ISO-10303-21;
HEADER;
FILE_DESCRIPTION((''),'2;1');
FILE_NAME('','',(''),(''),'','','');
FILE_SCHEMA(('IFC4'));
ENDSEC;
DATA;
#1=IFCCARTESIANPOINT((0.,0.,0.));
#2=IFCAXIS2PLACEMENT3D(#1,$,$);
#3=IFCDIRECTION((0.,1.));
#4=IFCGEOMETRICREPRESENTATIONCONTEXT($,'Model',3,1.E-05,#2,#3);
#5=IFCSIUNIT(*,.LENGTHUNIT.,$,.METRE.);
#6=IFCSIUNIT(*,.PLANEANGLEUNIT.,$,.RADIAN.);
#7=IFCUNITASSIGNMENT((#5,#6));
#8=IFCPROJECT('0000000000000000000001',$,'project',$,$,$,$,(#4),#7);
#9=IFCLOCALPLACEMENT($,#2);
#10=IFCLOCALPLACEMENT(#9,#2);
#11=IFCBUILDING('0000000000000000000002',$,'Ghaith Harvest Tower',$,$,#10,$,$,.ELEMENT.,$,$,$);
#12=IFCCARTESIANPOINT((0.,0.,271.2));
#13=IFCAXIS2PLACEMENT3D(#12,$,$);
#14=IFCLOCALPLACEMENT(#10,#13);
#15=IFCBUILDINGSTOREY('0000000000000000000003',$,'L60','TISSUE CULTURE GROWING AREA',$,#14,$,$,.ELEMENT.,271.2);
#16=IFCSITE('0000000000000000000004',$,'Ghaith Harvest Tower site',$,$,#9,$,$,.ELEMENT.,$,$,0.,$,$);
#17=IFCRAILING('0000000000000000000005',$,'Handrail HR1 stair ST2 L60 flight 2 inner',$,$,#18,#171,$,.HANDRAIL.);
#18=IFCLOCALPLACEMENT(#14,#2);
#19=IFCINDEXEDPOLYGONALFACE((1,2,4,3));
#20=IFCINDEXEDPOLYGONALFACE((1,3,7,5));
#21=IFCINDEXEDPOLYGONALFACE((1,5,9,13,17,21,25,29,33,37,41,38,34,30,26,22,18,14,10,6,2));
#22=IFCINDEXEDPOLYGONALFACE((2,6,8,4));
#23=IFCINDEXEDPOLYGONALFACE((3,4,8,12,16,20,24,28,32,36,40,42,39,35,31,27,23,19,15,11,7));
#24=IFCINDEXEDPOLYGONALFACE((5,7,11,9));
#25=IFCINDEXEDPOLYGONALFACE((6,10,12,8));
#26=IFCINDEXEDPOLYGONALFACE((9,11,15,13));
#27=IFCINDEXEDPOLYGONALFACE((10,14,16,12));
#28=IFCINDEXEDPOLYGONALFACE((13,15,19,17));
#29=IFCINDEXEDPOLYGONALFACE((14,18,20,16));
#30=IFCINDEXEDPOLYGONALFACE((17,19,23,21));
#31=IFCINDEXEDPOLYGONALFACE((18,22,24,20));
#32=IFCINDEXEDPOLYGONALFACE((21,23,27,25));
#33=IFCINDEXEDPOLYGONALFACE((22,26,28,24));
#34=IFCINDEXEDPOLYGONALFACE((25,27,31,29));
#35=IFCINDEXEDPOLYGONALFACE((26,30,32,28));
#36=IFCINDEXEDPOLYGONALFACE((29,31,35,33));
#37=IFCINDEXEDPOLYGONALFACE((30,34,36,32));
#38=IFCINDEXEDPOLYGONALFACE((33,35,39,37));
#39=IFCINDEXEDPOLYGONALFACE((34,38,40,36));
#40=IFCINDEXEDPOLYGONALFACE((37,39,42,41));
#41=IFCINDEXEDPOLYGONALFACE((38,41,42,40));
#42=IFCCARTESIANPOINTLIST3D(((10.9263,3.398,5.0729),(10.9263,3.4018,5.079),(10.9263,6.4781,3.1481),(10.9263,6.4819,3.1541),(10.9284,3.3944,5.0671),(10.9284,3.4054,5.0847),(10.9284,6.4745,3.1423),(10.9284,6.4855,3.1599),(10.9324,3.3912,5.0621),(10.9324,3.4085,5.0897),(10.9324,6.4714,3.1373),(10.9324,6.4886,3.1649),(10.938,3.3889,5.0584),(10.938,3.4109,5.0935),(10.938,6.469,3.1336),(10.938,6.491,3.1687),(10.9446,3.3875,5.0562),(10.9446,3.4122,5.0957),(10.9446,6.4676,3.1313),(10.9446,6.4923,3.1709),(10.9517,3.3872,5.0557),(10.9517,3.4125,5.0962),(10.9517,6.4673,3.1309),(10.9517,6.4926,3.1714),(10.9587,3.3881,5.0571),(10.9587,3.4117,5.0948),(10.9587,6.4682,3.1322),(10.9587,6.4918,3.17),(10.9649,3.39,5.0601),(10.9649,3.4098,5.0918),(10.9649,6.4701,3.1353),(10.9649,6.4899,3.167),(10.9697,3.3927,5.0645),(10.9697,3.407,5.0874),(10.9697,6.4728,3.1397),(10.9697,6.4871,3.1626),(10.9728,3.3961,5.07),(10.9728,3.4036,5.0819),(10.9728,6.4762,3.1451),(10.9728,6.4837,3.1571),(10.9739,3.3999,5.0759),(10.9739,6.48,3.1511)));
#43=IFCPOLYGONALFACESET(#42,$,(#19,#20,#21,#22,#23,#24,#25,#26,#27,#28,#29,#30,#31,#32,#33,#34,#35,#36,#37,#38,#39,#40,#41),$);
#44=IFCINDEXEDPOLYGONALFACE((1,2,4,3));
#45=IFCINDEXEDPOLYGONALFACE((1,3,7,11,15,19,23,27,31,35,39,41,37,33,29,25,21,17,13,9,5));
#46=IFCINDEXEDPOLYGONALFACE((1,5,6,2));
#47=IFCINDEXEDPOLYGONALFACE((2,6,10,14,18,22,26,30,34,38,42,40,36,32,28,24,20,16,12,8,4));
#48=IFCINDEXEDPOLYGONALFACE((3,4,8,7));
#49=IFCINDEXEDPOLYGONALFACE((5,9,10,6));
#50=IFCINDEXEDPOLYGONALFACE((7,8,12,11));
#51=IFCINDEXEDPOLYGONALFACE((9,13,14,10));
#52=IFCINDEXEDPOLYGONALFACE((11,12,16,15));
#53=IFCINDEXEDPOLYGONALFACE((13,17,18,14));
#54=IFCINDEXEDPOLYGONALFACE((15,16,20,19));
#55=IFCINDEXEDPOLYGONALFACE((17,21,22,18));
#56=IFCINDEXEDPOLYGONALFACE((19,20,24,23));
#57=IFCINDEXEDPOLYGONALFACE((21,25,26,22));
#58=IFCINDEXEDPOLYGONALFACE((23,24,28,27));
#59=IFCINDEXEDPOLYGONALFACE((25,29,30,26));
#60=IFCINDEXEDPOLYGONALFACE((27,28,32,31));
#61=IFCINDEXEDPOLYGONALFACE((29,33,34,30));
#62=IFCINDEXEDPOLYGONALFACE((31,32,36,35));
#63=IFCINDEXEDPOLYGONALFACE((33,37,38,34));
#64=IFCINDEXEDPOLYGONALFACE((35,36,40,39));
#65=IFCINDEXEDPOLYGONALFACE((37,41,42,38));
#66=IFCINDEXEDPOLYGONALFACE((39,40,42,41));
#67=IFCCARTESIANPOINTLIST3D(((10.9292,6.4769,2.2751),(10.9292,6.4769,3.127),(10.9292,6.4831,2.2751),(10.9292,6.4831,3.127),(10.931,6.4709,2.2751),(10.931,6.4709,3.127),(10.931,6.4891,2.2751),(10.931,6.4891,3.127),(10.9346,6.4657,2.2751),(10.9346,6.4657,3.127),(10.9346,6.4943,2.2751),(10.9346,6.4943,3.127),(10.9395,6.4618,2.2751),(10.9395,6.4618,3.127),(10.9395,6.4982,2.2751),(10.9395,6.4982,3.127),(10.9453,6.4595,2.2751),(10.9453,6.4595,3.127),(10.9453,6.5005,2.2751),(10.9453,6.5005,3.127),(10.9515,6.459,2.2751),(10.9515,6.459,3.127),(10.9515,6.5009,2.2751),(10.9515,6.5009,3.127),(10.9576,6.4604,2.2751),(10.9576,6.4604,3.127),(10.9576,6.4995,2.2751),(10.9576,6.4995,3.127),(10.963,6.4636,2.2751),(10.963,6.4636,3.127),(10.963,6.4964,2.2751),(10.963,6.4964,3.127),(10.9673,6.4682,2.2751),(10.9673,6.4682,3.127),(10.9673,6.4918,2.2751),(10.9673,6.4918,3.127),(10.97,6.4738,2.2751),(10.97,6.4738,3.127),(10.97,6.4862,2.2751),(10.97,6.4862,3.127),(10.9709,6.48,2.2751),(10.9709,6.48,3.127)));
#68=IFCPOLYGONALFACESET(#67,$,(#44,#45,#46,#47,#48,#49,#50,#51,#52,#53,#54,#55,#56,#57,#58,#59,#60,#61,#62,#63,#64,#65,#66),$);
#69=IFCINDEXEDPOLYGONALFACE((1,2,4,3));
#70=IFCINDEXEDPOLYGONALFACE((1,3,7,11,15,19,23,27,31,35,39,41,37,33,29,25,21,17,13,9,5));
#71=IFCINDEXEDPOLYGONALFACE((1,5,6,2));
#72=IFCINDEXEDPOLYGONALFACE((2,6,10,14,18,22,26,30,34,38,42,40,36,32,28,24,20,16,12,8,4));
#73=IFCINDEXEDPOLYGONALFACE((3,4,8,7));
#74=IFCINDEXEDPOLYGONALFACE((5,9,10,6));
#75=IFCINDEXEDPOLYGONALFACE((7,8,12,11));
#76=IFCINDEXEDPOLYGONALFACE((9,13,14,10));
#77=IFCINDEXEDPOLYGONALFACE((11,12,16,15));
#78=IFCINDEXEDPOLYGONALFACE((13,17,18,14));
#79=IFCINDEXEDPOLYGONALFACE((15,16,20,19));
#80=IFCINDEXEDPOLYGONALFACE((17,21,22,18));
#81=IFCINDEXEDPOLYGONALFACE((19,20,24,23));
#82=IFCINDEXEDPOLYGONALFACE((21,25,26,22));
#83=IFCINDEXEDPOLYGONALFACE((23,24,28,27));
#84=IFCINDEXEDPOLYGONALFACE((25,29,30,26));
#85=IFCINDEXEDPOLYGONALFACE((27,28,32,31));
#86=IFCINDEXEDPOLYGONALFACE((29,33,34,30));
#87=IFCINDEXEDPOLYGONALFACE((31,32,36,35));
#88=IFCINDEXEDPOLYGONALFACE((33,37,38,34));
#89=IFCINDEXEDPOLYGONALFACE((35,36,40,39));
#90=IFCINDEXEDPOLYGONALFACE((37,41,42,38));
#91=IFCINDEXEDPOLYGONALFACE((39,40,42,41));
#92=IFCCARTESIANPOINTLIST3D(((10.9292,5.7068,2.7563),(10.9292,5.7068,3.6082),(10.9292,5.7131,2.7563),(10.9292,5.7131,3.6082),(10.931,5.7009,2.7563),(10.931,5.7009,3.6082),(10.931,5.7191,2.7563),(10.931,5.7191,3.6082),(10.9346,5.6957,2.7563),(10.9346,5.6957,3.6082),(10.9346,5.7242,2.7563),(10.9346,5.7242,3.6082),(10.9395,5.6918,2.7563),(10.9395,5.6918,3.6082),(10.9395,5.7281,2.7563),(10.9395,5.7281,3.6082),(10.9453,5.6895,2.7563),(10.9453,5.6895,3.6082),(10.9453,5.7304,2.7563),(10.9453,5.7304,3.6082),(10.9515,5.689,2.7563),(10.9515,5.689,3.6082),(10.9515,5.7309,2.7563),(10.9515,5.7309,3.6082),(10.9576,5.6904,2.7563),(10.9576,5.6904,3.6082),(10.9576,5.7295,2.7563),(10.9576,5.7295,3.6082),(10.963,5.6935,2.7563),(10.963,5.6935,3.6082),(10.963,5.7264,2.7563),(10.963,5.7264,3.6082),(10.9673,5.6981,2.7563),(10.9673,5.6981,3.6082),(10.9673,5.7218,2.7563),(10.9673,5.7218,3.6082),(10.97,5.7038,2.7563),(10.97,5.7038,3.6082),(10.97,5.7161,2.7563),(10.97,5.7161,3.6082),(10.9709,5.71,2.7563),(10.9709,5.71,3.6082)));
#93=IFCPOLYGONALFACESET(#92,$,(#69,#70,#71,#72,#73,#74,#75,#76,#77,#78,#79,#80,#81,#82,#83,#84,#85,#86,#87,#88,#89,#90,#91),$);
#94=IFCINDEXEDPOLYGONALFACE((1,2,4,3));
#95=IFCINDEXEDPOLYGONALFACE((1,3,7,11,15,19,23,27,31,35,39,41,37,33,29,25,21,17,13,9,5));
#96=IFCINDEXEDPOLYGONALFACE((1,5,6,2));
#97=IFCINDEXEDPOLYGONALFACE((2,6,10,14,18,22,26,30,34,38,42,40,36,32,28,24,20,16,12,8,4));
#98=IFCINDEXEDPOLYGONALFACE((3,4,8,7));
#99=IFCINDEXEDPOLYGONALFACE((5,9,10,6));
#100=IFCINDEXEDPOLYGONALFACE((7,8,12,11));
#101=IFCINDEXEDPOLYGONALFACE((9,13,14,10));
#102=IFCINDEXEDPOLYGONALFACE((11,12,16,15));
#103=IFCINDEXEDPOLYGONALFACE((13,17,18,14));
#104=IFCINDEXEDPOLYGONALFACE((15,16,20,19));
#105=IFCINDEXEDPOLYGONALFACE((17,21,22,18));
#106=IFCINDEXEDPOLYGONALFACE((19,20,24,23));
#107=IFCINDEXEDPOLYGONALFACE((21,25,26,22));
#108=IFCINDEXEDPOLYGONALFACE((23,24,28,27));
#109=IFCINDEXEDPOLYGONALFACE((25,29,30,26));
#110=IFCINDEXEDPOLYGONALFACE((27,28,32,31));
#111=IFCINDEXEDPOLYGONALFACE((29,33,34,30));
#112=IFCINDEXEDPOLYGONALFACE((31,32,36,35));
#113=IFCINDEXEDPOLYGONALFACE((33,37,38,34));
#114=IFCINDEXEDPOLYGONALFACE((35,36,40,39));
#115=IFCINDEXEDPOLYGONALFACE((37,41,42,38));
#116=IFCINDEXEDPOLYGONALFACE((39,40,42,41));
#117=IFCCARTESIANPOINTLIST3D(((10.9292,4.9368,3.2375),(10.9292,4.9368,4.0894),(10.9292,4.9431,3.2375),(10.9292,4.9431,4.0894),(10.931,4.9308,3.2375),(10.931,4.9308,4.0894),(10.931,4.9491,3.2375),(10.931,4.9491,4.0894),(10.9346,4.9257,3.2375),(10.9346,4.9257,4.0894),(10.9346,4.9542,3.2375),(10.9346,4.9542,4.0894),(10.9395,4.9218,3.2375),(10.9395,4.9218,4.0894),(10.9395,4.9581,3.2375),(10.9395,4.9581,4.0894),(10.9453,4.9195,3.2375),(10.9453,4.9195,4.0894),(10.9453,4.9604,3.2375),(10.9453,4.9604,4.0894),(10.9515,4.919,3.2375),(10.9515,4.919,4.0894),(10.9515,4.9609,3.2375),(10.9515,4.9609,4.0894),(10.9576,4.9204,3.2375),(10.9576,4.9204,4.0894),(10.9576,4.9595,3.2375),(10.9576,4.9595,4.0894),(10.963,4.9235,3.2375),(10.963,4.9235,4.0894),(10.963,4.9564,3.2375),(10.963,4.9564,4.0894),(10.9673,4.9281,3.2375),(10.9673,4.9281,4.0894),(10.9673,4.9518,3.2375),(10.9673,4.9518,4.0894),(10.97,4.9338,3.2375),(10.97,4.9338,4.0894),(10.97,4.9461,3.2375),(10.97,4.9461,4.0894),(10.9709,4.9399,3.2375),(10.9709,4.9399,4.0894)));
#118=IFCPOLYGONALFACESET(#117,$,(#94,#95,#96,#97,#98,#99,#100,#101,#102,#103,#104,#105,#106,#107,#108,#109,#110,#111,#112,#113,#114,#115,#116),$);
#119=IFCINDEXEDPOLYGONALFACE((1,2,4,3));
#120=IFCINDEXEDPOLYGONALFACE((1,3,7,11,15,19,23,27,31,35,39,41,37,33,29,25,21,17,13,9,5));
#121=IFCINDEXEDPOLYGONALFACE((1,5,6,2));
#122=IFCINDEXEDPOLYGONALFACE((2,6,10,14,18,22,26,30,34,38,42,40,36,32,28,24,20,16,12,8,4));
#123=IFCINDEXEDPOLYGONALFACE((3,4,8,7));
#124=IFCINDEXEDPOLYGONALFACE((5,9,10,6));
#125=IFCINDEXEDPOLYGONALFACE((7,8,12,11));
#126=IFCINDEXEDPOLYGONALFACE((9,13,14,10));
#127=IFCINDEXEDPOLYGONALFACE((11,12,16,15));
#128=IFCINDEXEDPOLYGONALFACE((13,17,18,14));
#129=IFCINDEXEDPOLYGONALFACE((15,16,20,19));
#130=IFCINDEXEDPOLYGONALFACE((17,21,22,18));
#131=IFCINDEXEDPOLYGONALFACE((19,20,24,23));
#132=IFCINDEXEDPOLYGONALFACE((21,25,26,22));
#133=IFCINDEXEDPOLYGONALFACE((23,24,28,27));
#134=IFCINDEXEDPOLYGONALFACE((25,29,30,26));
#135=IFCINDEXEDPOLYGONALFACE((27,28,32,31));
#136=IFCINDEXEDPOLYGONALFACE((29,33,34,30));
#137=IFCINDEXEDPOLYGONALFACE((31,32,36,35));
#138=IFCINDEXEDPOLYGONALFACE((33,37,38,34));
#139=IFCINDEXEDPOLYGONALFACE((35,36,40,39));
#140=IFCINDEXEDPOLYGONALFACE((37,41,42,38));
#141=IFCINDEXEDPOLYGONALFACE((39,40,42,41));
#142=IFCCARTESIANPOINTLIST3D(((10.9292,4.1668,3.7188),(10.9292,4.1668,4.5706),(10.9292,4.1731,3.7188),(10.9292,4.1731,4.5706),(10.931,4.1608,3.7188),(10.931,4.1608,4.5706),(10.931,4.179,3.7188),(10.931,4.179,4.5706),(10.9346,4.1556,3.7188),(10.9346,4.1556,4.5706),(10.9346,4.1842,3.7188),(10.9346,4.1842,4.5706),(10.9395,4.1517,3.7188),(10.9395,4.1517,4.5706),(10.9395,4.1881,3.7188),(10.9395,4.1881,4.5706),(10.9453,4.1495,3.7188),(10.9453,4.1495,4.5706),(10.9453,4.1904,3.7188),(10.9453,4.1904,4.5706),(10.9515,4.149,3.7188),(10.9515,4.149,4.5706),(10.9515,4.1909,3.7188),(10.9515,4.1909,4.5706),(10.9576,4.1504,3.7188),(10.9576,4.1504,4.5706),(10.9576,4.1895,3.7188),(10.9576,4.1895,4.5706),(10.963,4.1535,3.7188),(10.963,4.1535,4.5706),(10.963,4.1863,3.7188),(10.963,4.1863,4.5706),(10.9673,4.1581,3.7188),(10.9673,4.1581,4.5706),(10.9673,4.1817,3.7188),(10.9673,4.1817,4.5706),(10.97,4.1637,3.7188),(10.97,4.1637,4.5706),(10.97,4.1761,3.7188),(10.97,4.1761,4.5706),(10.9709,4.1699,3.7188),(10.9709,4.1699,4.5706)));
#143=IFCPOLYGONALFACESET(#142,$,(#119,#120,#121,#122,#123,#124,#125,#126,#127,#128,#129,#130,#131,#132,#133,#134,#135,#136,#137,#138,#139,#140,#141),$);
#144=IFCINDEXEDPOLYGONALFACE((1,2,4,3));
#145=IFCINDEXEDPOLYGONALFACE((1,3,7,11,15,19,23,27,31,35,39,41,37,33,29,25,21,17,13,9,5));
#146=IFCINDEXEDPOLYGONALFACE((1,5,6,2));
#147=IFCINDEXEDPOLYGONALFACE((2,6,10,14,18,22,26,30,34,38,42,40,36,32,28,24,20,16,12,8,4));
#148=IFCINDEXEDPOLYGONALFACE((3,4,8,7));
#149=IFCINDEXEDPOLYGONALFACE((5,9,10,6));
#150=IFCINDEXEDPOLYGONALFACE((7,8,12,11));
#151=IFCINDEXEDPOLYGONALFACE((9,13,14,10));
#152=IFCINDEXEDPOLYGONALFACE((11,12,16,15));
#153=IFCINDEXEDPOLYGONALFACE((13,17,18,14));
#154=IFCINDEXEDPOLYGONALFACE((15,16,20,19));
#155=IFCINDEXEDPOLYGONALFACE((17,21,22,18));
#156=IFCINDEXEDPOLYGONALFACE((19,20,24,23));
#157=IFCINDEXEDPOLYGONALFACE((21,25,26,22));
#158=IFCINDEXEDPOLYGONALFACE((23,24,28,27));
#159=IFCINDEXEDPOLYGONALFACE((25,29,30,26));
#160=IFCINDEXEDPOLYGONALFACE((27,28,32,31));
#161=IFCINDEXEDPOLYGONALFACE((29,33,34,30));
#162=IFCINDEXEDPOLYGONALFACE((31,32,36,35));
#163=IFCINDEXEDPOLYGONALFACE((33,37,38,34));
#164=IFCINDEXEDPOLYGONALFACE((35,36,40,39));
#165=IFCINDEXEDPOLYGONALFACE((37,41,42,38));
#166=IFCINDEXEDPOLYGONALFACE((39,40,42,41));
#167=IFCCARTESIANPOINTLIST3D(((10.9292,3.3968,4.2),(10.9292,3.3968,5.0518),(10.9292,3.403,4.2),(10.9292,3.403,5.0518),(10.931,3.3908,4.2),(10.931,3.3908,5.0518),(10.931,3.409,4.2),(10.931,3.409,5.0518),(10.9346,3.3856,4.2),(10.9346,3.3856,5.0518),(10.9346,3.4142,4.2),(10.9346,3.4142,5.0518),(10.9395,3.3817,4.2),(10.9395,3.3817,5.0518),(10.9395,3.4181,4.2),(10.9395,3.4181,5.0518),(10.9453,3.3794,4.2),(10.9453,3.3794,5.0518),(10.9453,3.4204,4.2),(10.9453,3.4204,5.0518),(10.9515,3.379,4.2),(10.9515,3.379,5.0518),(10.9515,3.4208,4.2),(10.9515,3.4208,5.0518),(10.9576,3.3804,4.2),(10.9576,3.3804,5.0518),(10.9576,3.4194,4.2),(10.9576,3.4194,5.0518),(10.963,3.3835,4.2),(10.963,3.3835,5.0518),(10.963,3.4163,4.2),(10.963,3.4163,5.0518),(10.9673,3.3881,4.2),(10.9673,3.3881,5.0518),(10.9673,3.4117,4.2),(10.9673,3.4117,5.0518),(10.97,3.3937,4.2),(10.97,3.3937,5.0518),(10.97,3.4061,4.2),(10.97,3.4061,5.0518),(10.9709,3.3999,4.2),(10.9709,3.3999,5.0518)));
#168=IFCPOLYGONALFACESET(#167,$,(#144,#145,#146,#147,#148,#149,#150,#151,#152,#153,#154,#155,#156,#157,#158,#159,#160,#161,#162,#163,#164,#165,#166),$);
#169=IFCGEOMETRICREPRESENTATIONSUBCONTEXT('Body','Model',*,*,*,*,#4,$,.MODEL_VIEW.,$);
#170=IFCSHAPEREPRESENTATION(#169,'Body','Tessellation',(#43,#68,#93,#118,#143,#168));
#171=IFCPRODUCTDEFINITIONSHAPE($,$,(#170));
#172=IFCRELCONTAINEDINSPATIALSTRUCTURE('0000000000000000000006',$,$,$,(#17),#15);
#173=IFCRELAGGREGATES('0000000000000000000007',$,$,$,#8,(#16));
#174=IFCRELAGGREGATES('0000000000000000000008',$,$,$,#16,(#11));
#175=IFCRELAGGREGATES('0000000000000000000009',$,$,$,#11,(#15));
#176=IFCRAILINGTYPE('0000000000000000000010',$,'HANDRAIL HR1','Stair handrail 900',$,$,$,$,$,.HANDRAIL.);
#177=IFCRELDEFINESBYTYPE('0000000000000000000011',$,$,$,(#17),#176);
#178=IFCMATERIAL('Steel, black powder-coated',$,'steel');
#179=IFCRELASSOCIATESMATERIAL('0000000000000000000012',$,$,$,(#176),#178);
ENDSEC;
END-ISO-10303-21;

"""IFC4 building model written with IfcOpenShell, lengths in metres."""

from ifc_helpers import new_model, si_unit, direction, frame, origin, origin_2d, place, context, subcontext, project, spatial, circle, extrude, material, type_object, element, save


model = new_model("IFC4")

# Units and contexts
model_context = context("Model", 3, precision=1e-05, world=origin(), true_north=direction((0.0, 1.0)))
body_context = subcontext(model_context, "Body", "Model", "MODEL_VIEW")
ifc_project = project(units=[si_unit("LENGTHUNIT", "METRE"), si_unit("PLANEANGLEUNIT", "RADIAN")], contexts=[model_context])

# Site, building, storey
site_placement = place(None, origin())
site = spatial("IfcSite", under=ifc_project, at=site_placement, Name="Ghaith Harvest Tower site", CompositionType="ELEMENT", RefElevation=0.0)
building_placement = place(site_placement, origin())
building = spatial("IfcBuilding", under=site, at=building_placement, Name="Ghaith Harvest Tower", CompositionType="ELEMENT")
storey_placement = place(building_placement, frame((0.0, 0.0, 271.2)))
storey = spatial("IfcBuildingStorey", under=building, at=storey_placement, Name="L60", Description="TISSUE CULTURE GROWING AREA", CompositionType="ELEMENT", Elevation=271.2)

# Railing
ifc_material_1 = material(Name="Steel, black powder-coated", Category="steel")
railing_type = type_object("IfcRailingType", Name="HANDRAIL HR1", Description="Stair handrail 900", PredefinedType="HANDRAIL", material=ifc_material_1)
railing_1_placement = place(storey_placement, frame((10.95, 6.48, 2.2751)))
element("IfcRailing", 1, at=railing_1_placement, inside=storey, type_object=railing_type, Name="Handrail HR1 stair ST2 L60 flight 2 inner", PredefinedType="HANDRAIL", context=body_context, shape_type="SweptSolid", body=[
    extrude(circle(Radius=0.0239, at=origin_2d()), frame((0.0, 0.0, 0.876), z_axis=(0.0, -0.848029, 0.529951), x_axis=(1.0, 0.0, 0.0)), (0.0, 0.0, 1.0), 3.6321),
    extrude(circle(Radius=0.021, at=origin_2d()), origin(), (0.0, 0.0, 1.0), 0.8518),
    extrude(circle(Radius=0.021, at=origin_2d()), frame((0.0, -0.77, 0.4812)), (0.0, 0.0, 1.0), 0.8518),
    extrude(circle(Radius=0.021, at=origin_2d()), frame((0.0, -1.54, 0.9624)), (0.0, 0.0, 1.0), 0.8518),
    extrude(circle(Radius=0.021, at=origin_2d()), frame((0.0, -2.3101, 1.4436)), (0.0, 0.0, 1.0), 0.8518),
    extrude(circle(Radius=0.021, at=origin_2d()), frame((0.0, -3.0801, 1.9248)), (0.0, 0.0, 1.0), 0.8518),
])

save(model, "model.ifc")
